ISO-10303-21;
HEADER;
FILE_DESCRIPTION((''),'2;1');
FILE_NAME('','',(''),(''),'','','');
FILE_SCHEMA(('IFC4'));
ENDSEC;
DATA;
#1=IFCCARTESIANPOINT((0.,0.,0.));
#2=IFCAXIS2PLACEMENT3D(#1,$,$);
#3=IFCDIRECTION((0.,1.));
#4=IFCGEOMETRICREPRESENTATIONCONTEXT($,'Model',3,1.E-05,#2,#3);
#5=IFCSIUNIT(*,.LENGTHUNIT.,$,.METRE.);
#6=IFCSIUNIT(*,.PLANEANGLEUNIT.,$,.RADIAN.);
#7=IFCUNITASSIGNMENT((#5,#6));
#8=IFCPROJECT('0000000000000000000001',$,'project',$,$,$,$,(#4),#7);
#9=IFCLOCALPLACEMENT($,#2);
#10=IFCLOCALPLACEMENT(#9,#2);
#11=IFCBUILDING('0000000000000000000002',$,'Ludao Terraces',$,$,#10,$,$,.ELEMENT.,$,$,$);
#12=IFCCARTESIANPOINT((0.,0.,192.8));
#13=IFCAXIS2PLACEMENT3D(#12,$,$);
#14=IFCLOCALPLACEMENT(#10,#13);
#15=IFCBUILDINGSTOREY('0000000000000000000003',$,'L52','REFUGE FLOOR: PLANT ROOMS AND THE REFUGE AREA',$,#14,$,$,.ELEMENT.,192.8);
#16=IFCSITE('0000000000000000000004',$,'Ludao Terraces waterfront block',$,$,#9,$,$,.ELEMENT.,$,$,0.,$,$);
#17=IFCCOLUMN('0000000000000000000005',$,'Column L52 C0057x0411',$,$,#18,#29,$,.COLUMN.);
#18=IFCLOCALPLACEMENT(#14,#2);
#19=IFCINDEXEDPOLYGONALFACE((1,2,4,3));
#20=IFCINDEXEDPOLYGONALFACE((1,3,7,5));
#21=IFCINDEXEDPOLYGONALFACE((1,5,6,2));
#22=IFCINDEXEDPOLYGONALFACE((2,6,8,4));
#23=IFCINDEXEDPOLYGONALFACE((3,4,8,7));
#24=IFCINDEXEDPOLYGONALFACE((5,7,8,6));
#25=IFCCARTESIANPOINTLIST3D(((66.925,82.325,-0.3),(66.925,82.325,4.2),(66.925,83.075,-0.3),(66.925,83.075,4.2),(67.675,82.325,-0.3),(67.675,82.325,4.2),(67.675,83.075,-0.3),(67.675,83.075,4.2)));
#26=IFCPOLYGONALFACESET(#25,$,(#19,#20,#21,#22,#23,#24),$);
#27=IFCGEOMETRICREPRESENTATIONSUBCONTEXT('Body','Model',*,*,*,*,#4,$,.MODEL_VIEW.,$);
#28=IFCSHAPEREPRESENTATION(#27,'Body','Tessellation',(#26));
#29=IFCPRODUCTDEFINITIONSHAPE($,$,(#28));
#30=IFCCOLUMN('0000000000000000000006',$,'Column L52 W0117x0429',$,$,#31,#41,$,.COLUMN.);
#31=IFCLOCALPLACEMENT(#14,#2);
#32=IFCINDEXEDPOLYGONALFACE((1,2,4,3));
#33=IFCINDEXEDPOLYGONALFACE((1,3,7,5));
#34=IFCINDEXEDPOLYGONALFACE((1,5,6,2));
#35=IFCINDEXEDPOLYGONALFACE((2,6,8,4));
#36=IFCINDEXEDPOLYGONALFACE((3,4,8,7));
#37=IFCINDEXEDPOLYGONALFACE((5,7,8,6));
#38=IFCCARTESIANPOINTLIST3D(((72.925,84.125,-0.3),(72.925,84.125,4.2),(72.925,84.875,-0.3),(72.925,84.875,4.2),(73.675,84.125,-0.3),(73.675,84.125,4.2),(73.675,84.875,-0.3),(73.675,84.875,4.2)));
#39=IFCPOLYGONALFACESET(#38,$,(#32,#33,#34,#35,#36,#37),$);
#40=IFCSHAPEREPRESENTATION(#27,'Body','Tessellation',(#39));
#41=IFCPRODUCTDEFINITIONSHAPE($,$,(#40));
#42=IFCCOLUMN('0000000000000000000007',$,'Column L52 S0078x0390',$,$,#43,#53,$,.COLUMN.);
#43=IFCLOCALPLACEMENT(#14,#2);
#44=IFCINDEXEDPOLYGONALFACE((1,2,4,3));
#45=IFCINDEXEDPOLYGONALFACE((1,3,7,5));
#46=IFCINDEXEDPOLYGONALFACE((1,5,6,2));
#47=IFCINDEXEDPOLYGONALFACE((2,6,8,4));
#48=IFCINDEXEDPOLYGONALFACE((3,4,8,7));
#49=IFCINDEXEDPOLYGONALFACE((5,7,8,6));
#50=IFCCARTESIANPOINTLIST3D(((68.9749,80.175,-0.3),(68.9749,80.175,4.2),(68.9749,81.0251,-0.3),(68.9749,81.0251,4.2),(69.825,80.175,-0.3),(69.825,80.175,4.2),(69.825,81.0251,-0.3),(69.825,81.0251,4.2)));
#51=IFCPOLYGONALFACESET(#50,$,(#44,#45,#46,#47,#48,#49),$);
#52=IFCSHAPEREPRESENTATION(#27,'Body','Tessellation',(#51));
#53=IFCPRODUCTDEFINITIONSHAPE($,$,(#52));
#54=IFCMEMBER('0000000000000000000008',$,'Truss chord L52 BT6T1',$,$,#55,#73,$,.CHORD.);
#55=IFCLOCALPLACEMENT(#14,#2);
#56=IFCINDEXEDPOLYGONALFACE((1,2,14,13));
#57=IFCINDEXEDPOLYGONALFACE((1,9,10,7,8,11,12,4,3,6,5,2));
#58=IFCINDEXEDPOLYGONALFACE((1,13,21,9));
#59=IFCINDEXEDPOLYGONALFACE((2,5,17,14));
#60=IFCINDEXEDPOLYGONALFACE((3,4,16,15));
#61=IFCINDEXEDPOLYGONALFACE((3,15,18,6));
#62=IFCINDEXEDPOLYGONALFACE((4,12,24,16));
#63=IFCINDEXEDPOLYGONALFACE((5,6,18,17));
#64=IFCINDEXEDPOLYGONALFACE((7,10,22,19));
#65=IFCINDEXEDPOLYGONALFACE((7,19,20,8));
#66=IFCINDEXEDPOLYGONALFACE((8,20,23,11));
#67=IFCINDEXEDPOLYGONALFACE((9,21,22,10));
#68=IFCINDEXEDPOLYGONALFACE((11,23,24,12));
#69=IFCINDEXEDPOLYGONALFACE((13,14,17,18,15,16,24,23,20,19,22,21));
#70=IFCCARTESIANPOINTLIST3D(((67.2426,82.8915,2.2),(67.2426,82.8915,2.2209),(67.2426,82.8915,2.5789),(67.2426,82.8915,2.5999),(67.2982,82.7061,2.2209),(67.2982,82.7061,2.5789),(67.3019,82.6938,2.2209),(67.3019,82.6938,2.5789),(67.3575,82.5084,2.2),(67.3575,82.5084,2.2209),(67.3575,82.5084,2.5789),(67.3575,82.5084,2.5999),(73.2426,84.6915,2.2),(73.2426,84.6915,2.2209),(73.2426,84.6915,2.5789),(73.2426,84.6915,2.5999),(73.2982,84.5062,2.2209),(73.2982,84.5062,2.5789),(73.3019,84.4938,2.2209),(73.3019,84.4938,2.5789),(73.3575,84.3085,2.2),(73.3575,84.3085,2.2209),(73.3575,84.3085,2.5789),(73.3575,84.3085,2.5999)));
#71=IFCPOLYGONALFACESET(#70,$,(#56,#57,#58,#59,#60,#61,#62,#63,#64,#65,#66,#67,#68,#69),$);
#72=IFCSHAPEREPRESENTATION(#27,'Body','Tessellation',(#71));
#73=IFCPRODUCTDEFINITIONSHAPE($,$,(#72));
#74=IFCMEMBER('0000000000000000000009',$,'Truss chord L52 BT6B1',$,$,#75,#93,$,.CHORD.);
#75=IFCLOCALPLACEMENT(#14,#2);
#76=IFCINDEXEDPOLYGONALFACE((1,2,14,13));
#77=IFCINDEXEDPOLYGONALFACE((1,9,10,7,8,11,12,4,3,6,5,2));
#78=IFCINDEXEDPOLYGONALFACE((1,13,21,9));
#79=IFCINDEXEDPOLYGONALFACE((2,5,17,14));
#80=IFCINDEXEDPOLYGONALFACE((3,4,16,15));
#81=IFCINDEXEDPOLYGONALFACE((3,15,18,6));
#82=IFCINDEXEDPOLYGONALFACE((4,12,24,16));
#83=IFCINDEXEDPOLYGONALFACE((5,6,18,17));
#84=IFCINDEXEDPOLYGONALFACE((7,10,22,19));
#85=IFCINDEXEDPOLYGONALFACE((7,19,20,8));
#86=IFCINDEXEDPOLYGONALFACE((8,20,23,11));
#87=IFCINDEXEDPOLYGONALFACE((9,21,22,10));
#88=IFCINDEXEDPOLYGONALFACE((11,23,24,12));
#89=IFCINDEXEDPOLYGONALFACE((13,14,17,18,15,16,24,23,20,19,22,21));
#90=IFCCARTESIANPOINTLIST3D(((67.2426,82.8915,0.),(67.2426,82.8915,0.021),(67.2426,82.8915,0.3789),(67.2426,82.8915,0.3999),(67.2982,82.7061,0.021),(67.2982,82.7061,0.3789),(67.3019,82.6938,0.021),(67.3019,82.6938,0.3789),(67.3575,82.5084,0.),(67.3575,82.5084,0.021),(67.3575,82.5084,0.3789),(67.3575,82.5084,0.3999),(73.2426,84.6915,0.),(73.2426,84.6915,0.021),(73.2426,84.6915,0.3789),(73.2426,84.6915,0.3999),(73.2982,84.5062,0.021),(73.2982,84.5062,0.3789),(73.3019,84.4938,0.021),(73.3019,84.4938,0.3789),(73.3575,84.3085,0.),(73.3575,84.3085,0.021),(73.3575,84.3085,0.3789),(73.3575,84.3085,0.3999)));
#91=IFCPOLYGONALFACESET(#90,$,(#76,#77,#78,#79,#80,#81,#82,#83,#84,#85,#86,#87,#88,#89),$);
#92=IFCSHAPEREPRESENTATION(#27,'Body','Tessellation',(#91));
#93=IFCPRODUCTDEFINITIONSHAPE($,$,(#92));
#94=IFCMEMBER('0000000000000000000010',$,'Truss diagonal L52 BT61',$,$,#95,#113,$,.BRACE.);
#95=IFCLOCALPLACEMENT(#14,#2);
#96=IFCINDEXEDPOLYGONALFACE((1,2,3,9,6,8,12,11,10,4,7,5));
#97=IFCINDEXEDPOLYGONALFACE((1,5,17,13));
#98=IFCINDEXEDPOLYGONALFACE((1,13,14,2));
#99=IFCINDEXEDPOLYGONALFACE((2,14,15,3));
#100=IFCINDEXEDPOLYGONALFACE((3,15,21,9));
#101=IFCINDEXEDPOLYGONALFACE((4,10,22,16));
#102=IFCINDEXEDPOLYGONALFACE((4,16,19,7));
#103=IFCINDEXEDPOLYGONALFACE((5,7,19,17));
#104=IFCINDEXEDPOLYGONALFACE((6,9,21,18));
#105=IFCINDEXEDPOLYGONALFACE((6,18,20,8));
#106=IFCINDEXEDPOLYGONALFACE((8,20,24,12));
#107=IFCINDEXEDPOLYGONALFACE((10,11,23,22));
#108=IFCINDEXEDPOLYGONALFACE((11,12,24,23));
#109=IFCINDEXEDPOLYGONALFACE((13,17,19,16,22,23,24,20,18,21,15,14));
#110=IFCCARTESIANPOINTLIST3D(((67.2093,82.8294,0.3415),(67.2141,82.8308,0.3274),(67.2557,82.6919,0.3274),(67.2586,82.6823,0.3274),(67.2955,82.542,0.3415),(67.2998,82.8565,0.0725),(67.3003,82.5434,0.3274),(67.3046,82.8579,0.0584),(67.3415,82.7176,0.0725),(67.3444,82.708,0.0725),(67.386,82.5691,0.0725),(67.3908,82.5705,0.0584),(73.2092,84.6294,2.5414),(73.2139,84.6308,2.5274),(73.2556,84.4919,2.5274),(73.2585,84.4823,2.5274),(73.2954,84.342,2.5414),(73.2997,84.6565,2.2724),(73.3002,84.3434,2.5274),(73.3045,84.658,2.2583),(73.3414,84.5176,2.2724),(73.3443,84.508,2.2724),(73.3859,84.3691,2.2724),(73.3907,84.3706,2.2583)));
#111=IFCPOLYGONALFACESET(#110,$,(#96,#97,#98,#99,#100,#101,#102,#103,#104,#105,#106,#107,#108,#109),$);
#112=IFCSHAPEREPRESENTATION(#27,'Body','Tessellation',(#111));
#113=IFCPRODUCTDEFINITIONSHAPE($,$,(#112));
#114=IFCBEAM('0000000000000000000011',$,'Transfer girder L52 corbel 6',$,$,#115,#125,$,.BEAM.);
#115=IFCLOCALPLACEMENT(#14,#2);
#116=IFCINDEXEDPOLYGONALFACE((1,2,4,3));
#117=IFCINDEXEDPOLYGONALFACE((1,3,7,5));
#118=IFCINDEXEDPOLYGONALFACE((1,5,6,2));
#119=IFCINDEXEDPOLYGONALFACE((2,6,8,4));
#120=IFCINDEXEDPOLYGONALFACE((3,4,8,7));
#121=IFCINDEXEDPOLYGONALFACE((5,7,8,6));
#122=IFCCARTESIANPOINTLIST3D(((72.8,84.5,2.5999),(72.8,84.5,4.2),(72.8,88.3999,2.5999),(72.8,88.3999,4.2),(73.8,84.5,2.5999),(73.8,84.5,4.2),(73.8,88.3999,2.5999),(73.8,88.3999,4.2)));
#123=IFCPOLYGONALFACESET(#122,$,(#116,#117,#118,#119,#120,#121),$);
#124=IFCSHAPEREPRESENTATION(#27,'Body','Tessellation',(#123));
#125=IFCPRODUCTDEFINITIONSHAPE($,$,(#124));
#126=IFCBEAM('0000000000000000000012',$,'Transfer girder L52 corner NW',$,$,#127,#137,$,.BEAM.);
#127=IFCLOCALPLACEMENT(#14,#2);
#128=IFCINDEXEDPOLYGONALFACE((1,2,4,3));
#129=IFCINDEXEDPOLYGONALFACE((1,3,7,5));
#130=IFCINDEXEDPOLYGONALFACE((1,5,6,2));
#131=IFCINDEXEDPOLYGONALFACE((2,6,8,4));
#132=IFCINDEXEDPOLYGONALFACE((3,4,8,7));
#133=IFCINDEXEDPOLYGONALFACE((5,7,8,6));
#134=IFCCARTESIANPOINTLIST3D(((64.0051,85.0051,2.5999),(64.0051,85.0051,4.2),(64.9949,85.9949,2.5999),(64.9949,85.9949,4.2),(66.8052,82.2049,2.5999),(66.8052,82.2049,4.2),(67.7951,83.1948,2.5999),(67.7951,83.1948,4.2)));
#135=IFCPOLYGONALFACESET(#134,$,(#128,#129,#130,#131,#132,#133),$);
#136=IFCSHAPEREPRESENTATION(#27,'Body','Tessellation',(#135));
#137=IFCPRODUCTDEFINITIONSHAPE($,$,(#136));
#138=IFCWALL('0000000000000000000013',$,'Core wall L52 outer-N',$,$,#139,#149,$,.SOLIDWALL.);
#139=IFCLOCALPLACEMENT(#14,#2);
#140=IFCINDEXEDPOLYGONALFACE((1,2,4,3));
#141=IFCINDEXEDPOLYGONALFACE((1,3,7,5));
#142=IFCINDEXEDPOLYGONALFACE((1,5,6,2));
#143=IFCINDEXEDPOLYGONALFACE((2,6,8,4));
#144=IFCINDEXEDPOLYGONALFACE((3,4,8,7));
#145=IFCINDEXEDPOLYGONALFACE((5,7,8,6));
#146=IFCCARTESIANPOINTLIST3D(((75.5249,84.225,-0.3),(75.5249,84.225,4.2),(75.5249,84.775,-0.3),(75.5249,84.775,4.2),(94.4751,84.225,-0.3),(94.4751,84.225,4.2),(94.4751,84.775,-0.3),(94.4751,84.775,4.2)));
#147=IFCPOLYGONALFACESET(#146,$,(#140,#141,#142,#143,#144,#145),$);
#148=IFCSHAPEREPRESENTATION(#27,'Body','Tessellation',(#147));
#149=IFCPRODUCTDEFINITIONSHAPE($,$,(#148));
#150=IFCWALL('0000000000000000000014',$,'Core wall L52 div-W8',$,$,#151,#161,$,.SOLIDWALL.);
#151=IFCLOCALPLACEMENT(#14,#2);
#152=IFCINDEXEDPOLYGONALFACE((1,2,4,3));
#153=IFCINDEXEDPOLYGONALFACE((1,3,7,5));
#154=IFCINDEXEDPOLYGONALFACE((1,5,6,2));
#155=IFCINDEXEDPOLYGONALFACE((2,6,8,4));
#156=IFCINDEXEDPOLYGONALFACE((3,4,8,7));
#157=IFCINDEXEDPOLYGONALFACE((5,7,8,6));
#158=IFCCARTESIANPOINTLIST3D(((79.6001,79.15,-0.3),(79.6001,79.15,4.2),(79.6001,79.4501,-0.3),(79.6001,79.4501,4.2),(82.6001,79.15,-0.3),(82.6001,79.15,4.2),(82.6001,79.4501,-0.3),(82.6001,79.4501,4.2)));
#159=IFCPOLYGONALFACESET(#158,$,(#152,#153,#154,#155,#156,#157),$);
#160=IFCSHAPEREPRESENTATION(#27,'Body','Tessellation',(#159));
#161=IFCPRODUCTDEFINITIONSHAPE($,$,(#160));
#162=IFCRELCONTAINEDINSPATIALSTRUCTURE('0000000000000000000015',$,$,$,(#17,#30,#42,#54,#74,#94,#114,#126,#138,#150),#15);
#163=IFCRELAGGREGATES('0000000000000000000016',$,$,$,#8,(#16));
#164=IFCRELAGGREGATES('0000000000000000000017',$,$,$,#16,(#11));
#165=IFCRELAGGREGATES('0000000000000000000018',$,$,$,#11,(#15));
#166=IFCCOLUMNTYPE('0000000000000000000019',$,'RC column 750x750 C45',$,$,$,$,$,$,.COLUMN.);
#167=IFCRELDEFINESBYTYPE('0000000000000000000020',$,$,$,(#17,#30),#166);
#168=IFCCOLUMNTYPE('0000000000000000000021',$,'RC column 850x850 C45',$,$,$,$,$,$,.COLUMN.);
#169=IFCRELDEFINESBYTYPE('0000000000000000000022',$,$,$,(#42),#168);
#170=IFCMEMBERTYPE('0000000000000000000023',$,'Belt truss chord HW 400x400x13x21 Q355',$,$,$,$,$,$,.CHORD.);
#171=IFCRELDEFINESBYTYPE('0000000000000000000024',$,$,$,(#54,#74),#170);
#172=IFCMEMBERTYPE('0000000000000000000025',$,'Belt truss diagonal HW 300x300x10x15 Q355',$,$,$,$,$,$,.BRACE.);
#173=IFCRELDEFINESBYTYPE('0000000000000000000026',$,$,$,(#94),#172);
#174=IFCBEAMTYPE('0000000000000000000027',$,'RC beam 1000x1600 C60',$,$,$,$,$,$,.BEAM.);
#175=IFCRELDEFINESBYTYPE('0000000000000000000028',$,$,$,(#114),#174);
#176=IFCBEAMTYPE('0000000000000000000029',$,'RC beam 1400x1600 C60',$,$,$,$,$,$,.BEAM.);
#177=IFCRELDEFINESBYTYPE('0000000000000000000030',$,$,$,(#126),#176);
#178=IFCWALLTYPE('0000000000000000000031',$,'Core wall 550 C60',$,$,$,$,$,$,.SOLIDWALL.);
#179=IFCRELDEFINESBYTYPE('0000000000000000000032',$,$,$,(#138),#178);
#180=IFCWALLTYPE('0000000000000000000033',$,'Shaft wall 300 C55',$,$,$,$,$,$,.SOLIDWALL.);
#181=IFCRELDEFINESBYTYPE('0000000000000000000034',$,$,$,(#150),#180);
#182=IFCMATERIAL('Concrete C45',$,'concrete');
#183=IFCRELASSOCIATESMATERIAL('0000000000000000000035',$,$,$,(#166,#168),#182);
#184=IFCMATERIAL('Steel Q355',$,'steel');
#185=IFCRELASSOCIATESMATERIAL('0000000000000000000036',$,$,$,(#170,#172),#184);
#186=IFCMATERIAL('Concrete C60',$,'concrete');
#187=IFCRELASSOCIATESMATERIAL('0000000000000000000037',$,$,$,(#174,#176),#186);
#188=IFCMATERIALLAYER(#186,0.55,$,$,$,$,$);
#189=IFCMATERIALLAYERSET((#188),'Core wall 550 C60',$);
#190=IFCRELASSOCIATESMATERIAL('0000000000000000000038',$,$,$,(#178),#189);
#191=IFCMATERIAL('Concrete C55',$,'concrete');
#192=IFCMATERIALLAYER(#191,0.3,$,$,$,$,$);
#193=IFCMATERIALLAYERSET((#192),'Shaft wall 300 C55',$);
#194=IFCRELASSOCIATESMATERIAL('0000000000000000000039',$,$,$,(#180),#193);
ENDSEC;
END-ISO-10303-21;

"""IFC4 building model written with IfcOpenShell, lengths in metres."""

from ifc_helpers import new_model, si_unit, direction, frame, frame_2d, origin, origin_2d, place, context, subcontext, project, spatial, rectangle, i_section, extrude, material, layer, layer_set, material_profile, profile_set, type_object, element, save


model = new_model("IFC4")

# Units and contexts
model_context = context("Model", 3, precision=1e-05, world=origin(), true_north=direction((0.0, 1.0)))
body_context = subcontext(model_context, "Body", "Model", "MODEL_VIEW")
ifc_project = project(units=[si_unit("LENGTHUNIT", "METRE"), si_unit("PLANEANGLEUNIT", "RADIAN")], contexts=[model_context])

# Site, building, storey
site_placement = place(None, origin())
site = spatial("IfcSite", under=ifc_project, at=site_placement, Name="Ludao Terraces waterfront block", CompositionType="ELEMENT", RefElevation=0.0)
building_placement = place(site_placement, origin())
building = spatial("IfcBuilding", under=site, at=building_placement, Name="Ludao Terraces", CompositionType="ELEMENT")
storey_placement = place(building_placement, frame((0.0, 0.0, 192.8)))
storey = spatial("IfcBuildingStorey", under=building, at=storey_placement, Name="L52", Description="REFUGE FLOOR: PLANT ROOMS AND THE REFUGE AREA", CompositionType="ELEMENT", Elevation=192.8)

# Columns
ifc_material_1 = material(Name="Concrete C45", Category="concrete")
ifc_material_profile_1 = material_profile(ifc_material_1, rectangle(XDim=0.75, YDim=0.75, at=origin_2d()), Name="750 X 750")
ifc_profile_set_1 = profile_set([ifc_material_profile_1], Name="Concrete C45")
column_type_1 = type_object("IfcColumnType", Name="RC column 750x750 C45", PredefinedType="COLUMN", material=ifc_profile_set_1)
for number, where, z_axis, x_axis, name in (
    (1, (67.3, 82.7, -0.3), (0.0, 0.0, 1.0), (1.0, 0.0, 0.0), "Column L52 C0057x0411"),
    (2, (73.3, 84.5, -0.3), (0.0, 0.0, 1.0), (1.0, 0.0, 0.0), "Column L52 W0117x0429"),
):
    element("IfcColumn", number, at=place(storey_placement, frame(where, z_axis=z_axis, x_axis=x_axis)), inside=storey, type_object=column_type_1, Name=name, PredefinedType="COLUMN", context=body_context, shape_type="SweptSolid", body=[
        extrude(rectangle(XDim=0.75, YDim=0.75, at=origin_2d()), origin(), (0.0, 0.0, 1.0), 4.5),
    ])
ifc_material_profile_2 = material_profile(ifc_material_1, rectangle(XDim=0.8501, YDim=0.8501, at=origin_2d()), Name="850 X 850")
ifc_profile_set_2 = profile_set([ifc_material_profile_2], Name="Concrete C45")
column_type_2 = type_object("IfcColumnType", Name="RC column 850x850 C45", PredefinedType="COLUMN", material=ifc_profile_set_2)
column_placement = place(storey_placement, frame((69.3999, 80.6001, -0.3), z_axis=(0.0, 0.0, 1.0), x_axis=(1.0, 0.0, 0.0)))
element("IfcColumn", 3, at=column_placement, inside=storey, type_object=column_type_2, Name="Column L52 S0078x0390", PredefinedType="COLUMN", context=body_context, shape_type="SweptSolid", body=[
    extrude(rectangle(XDim=0.8501, YDim=0.8501, at=origin_2d()), origin(), (0.0, 0.0, 1.0), 4.5),
])

# Members
ifc_material_2 = material(Name="Steel Q355", Category="steel")
ifc_material_profile_3 = material_profile(ifc_material_2, i_section(OverallWidth=0.3999, OverallDepth=0.3999, WebThickness=0.0129, FlangeThickness=0.021, at=origin_2d()), Name="HW 400X400X13X21")
ifc_profile_set_3 = profile_set([ifc_material_profile_3], Name="Steel Q355")
member_type_1 = type_object("IfcMemberType", Name="Belt truss chord HW 400x400x13x21 Q355", PredefinedType="CHORD", material=ifc_profile_set_3)
for number, where, z_axis, x_axis, name in (
    (4, (67.3, 82.7, 2.3999), (0.957824, 0.287355, 0.0), (-0.287355, 0.957824, 0.0), "Truss chord L52 BT6T1"),
    (5, (67.3, 82.7, 0.2), (0.957824, 0.287355, 0.0), (-0.287355, 0.957824, 0.0), "Truss chord L52 BT6B1"),
):
    element("IfcMember", number, at=place(storey_placement, frame(where, z_axis=z_axis, x_axis=x_axis)), inside=storey, type_object=member_type_1, Name=name, PredefinedType="CHORD", context=body_context, shape_type="SweptSolid", body=[
        extrude(i_section(OverallWidth=0.3999, OverallDepth=0.3999, WebThickness=0.0129, FlangeThickness=0.021, at=origin_2d()), origin(), (0.0, 0.0, 1.0), 6.2642),
    ])
ifc_material_profile_4 = material_profile(ifc_material_2, i_section(OverallWidth=0.3, OverallDepth=0.3, WebThickness=0.01, FlangeThickness=0.0149, at=origin_2d()), Name="HW 300X300X10X15")
ifc_profile_set_4 = profile_set([ifc_material_profile_4], Name="Steel Q355")
member_type_2 = type_object("IfcMemberType", Name="Belt truss diagonal HW 300x300x10x15 Q355", PredefinedType="BRACE", material=ifc_profile_set_4)
member_placement = place(storey_placement, frame((67.3, 82.7, 0.2), z_axis=(0.903713, 0.271121, 0.331354), x_axis=(-0.287355, 0.957824, 0.0)))
element("IfcMember", 6, at=member_placement, inside=storey, type_object=member_type_2, Name="Truss diagonal L52 BT61", PredefinedType="BRACE", context=body_context, shape_type="SweptSolid", body=[
    extrude(i_section(OverallWidth=0.3, OverallDepth=0.3, WebThickness=0.01, FlangeThickness=0.0149, at=origin_2d()), origin(), (0.0, 0.0, 1.0), 6.6392),
])

# Beams
ifc_material_3 = material(Name="Concrete C60", Category="concrete")
ifc_material_profile_5 = material_profile(ifc_material_3, rectangle(XDim=1.0, YDim=1.6001, at=origin_2d()), Name="1000 X 1600")
ifc_profile_set_5 = profile_set([ifc_material_profile_5], Name="Concrete C60")
beam_type_1 = type_object("IfcBeamType", Name="RC beam 1000x1600 C60", PredefinedType="BEAM", material=ifc_profile_set_5)
beam_1_placement = place(storey_placement, frame((73.3, 88.3999, 3.3999), z_axis=(0.0, -1.0, 0.0), x_axis=(1.0, 0.0, 0.0)))
element("IfcBeam", 7, at=beam_1_placement, inside=storey, type_object=beam_type_1, Name="Transfer girder L52 corbel 6", PredefinedType="BEAM", context=body_context, shape_type="SweptSolid", body=[
    extrude(rectangle(XDim=1.0, YDim=1.6001, at=origin_2d()), origin(), (0.0, 0.0, 1.0), 3.8999),
])
ifc_material_profile_6 = material_profile(ifc_material_3, rectangle(XDim=1.3999, YDim=1.6001, at=origin_2d()), Name="1400 X 1600")
ifc_profile_set_6 = profile_set([ifc_material_profile_6], Name="Concrete C60")
beam_type_2 = type_object("IfcBeamType", Name="RC beam 1400x1600 C60", PredefinedType="BEAM", material=ifc_profile_set_6)
beam_2_placement = place(storey_placement, frame((64.5, 85.5, 3.3999), z_axis=(0.707107, -0.707107, 0.0), x_axis=(0.707107, 0.707107, 0.0)))
element("IfcBeam", 8, at=beam_2_placement, inside=storey, type_object=beam_type_2, Name="Transfer girder L52 corner NW", PredefinedType="BEAM", context=body_context, shape_type="SweptSolid", body=[
    extrude(rectangle(XDim=1.3999, YDim=1.6001, at=origin_2d()), origin(), (0.0, 0.0, 1.0), 3.96),
])

# Walls
ifc_layer_1 = layer(ifc_material_3, 0.55)
ifc_layer_set_1 = layer_set([ifc_layer_1], Name="Core wall 550 C60")
wall_type_1 = type_object("IfcWallType", Name="Core wall 550 C60", PredefinedType="SOLIDWALL", material=ifc_layer_set_1)
wall_1_placement = place(storey_placement, frame((75.5249, 84.5, -0.3), z_axis=(0.0, 0.0, 1.0), x_axis=(1.0, 0.0, 0.0)))
element("IfcWall", 9, at=wall_1_placement, inside=storey, type_object=wall_type_1, Name="Core wall L52 outer-N", PredefinedType="SOLIDWALL", context=body_context, shape_type="SweptSolid", body=[
    extrude(rectangle(XDim=18.9502, YDim=0.55, at=frame_2d((9.4751, 0.0))), origin(), (0.0, 0.0, 1.0), 4.5),
])
ifc_material_4 = material(Name="Concrete C55", Category="concrete")
ifc_layer_2 = layer(ifc_material_4, 0.3)
ifc_layer_set_2 = layer_set([ifc_layer_2], Name="Shaft wall 300 C55")
wall_type_2 = type_object("IfcWallType", Name="Shaft wall 300 C55", PredefinedType="SOLIDWALL", material=ifc_layer_set_2)
wall_2_placement = place(storey_placement, frame((79.6001, 79.3, -0.3), z_axis=(0.0, 0.0, 1.0), x_axis=(1.0, 0.0, 0.0)))
element("IfcWall", 10, at=wall_2_placement, inside=storey, type_object=wall_type_2, Name="Core wall L52 div-W8", PredefinedType="SOLIDWALL", context=body_context, shape_type="SweptSolid", body=[
    extrude(rectangle(XDim=3.0, YDim=0.3, at=frame_2d((1.5, 0.0))), origin(), (0.0, 0.0, 1.0), 4.5),
])

save(model, "model.ifc")
